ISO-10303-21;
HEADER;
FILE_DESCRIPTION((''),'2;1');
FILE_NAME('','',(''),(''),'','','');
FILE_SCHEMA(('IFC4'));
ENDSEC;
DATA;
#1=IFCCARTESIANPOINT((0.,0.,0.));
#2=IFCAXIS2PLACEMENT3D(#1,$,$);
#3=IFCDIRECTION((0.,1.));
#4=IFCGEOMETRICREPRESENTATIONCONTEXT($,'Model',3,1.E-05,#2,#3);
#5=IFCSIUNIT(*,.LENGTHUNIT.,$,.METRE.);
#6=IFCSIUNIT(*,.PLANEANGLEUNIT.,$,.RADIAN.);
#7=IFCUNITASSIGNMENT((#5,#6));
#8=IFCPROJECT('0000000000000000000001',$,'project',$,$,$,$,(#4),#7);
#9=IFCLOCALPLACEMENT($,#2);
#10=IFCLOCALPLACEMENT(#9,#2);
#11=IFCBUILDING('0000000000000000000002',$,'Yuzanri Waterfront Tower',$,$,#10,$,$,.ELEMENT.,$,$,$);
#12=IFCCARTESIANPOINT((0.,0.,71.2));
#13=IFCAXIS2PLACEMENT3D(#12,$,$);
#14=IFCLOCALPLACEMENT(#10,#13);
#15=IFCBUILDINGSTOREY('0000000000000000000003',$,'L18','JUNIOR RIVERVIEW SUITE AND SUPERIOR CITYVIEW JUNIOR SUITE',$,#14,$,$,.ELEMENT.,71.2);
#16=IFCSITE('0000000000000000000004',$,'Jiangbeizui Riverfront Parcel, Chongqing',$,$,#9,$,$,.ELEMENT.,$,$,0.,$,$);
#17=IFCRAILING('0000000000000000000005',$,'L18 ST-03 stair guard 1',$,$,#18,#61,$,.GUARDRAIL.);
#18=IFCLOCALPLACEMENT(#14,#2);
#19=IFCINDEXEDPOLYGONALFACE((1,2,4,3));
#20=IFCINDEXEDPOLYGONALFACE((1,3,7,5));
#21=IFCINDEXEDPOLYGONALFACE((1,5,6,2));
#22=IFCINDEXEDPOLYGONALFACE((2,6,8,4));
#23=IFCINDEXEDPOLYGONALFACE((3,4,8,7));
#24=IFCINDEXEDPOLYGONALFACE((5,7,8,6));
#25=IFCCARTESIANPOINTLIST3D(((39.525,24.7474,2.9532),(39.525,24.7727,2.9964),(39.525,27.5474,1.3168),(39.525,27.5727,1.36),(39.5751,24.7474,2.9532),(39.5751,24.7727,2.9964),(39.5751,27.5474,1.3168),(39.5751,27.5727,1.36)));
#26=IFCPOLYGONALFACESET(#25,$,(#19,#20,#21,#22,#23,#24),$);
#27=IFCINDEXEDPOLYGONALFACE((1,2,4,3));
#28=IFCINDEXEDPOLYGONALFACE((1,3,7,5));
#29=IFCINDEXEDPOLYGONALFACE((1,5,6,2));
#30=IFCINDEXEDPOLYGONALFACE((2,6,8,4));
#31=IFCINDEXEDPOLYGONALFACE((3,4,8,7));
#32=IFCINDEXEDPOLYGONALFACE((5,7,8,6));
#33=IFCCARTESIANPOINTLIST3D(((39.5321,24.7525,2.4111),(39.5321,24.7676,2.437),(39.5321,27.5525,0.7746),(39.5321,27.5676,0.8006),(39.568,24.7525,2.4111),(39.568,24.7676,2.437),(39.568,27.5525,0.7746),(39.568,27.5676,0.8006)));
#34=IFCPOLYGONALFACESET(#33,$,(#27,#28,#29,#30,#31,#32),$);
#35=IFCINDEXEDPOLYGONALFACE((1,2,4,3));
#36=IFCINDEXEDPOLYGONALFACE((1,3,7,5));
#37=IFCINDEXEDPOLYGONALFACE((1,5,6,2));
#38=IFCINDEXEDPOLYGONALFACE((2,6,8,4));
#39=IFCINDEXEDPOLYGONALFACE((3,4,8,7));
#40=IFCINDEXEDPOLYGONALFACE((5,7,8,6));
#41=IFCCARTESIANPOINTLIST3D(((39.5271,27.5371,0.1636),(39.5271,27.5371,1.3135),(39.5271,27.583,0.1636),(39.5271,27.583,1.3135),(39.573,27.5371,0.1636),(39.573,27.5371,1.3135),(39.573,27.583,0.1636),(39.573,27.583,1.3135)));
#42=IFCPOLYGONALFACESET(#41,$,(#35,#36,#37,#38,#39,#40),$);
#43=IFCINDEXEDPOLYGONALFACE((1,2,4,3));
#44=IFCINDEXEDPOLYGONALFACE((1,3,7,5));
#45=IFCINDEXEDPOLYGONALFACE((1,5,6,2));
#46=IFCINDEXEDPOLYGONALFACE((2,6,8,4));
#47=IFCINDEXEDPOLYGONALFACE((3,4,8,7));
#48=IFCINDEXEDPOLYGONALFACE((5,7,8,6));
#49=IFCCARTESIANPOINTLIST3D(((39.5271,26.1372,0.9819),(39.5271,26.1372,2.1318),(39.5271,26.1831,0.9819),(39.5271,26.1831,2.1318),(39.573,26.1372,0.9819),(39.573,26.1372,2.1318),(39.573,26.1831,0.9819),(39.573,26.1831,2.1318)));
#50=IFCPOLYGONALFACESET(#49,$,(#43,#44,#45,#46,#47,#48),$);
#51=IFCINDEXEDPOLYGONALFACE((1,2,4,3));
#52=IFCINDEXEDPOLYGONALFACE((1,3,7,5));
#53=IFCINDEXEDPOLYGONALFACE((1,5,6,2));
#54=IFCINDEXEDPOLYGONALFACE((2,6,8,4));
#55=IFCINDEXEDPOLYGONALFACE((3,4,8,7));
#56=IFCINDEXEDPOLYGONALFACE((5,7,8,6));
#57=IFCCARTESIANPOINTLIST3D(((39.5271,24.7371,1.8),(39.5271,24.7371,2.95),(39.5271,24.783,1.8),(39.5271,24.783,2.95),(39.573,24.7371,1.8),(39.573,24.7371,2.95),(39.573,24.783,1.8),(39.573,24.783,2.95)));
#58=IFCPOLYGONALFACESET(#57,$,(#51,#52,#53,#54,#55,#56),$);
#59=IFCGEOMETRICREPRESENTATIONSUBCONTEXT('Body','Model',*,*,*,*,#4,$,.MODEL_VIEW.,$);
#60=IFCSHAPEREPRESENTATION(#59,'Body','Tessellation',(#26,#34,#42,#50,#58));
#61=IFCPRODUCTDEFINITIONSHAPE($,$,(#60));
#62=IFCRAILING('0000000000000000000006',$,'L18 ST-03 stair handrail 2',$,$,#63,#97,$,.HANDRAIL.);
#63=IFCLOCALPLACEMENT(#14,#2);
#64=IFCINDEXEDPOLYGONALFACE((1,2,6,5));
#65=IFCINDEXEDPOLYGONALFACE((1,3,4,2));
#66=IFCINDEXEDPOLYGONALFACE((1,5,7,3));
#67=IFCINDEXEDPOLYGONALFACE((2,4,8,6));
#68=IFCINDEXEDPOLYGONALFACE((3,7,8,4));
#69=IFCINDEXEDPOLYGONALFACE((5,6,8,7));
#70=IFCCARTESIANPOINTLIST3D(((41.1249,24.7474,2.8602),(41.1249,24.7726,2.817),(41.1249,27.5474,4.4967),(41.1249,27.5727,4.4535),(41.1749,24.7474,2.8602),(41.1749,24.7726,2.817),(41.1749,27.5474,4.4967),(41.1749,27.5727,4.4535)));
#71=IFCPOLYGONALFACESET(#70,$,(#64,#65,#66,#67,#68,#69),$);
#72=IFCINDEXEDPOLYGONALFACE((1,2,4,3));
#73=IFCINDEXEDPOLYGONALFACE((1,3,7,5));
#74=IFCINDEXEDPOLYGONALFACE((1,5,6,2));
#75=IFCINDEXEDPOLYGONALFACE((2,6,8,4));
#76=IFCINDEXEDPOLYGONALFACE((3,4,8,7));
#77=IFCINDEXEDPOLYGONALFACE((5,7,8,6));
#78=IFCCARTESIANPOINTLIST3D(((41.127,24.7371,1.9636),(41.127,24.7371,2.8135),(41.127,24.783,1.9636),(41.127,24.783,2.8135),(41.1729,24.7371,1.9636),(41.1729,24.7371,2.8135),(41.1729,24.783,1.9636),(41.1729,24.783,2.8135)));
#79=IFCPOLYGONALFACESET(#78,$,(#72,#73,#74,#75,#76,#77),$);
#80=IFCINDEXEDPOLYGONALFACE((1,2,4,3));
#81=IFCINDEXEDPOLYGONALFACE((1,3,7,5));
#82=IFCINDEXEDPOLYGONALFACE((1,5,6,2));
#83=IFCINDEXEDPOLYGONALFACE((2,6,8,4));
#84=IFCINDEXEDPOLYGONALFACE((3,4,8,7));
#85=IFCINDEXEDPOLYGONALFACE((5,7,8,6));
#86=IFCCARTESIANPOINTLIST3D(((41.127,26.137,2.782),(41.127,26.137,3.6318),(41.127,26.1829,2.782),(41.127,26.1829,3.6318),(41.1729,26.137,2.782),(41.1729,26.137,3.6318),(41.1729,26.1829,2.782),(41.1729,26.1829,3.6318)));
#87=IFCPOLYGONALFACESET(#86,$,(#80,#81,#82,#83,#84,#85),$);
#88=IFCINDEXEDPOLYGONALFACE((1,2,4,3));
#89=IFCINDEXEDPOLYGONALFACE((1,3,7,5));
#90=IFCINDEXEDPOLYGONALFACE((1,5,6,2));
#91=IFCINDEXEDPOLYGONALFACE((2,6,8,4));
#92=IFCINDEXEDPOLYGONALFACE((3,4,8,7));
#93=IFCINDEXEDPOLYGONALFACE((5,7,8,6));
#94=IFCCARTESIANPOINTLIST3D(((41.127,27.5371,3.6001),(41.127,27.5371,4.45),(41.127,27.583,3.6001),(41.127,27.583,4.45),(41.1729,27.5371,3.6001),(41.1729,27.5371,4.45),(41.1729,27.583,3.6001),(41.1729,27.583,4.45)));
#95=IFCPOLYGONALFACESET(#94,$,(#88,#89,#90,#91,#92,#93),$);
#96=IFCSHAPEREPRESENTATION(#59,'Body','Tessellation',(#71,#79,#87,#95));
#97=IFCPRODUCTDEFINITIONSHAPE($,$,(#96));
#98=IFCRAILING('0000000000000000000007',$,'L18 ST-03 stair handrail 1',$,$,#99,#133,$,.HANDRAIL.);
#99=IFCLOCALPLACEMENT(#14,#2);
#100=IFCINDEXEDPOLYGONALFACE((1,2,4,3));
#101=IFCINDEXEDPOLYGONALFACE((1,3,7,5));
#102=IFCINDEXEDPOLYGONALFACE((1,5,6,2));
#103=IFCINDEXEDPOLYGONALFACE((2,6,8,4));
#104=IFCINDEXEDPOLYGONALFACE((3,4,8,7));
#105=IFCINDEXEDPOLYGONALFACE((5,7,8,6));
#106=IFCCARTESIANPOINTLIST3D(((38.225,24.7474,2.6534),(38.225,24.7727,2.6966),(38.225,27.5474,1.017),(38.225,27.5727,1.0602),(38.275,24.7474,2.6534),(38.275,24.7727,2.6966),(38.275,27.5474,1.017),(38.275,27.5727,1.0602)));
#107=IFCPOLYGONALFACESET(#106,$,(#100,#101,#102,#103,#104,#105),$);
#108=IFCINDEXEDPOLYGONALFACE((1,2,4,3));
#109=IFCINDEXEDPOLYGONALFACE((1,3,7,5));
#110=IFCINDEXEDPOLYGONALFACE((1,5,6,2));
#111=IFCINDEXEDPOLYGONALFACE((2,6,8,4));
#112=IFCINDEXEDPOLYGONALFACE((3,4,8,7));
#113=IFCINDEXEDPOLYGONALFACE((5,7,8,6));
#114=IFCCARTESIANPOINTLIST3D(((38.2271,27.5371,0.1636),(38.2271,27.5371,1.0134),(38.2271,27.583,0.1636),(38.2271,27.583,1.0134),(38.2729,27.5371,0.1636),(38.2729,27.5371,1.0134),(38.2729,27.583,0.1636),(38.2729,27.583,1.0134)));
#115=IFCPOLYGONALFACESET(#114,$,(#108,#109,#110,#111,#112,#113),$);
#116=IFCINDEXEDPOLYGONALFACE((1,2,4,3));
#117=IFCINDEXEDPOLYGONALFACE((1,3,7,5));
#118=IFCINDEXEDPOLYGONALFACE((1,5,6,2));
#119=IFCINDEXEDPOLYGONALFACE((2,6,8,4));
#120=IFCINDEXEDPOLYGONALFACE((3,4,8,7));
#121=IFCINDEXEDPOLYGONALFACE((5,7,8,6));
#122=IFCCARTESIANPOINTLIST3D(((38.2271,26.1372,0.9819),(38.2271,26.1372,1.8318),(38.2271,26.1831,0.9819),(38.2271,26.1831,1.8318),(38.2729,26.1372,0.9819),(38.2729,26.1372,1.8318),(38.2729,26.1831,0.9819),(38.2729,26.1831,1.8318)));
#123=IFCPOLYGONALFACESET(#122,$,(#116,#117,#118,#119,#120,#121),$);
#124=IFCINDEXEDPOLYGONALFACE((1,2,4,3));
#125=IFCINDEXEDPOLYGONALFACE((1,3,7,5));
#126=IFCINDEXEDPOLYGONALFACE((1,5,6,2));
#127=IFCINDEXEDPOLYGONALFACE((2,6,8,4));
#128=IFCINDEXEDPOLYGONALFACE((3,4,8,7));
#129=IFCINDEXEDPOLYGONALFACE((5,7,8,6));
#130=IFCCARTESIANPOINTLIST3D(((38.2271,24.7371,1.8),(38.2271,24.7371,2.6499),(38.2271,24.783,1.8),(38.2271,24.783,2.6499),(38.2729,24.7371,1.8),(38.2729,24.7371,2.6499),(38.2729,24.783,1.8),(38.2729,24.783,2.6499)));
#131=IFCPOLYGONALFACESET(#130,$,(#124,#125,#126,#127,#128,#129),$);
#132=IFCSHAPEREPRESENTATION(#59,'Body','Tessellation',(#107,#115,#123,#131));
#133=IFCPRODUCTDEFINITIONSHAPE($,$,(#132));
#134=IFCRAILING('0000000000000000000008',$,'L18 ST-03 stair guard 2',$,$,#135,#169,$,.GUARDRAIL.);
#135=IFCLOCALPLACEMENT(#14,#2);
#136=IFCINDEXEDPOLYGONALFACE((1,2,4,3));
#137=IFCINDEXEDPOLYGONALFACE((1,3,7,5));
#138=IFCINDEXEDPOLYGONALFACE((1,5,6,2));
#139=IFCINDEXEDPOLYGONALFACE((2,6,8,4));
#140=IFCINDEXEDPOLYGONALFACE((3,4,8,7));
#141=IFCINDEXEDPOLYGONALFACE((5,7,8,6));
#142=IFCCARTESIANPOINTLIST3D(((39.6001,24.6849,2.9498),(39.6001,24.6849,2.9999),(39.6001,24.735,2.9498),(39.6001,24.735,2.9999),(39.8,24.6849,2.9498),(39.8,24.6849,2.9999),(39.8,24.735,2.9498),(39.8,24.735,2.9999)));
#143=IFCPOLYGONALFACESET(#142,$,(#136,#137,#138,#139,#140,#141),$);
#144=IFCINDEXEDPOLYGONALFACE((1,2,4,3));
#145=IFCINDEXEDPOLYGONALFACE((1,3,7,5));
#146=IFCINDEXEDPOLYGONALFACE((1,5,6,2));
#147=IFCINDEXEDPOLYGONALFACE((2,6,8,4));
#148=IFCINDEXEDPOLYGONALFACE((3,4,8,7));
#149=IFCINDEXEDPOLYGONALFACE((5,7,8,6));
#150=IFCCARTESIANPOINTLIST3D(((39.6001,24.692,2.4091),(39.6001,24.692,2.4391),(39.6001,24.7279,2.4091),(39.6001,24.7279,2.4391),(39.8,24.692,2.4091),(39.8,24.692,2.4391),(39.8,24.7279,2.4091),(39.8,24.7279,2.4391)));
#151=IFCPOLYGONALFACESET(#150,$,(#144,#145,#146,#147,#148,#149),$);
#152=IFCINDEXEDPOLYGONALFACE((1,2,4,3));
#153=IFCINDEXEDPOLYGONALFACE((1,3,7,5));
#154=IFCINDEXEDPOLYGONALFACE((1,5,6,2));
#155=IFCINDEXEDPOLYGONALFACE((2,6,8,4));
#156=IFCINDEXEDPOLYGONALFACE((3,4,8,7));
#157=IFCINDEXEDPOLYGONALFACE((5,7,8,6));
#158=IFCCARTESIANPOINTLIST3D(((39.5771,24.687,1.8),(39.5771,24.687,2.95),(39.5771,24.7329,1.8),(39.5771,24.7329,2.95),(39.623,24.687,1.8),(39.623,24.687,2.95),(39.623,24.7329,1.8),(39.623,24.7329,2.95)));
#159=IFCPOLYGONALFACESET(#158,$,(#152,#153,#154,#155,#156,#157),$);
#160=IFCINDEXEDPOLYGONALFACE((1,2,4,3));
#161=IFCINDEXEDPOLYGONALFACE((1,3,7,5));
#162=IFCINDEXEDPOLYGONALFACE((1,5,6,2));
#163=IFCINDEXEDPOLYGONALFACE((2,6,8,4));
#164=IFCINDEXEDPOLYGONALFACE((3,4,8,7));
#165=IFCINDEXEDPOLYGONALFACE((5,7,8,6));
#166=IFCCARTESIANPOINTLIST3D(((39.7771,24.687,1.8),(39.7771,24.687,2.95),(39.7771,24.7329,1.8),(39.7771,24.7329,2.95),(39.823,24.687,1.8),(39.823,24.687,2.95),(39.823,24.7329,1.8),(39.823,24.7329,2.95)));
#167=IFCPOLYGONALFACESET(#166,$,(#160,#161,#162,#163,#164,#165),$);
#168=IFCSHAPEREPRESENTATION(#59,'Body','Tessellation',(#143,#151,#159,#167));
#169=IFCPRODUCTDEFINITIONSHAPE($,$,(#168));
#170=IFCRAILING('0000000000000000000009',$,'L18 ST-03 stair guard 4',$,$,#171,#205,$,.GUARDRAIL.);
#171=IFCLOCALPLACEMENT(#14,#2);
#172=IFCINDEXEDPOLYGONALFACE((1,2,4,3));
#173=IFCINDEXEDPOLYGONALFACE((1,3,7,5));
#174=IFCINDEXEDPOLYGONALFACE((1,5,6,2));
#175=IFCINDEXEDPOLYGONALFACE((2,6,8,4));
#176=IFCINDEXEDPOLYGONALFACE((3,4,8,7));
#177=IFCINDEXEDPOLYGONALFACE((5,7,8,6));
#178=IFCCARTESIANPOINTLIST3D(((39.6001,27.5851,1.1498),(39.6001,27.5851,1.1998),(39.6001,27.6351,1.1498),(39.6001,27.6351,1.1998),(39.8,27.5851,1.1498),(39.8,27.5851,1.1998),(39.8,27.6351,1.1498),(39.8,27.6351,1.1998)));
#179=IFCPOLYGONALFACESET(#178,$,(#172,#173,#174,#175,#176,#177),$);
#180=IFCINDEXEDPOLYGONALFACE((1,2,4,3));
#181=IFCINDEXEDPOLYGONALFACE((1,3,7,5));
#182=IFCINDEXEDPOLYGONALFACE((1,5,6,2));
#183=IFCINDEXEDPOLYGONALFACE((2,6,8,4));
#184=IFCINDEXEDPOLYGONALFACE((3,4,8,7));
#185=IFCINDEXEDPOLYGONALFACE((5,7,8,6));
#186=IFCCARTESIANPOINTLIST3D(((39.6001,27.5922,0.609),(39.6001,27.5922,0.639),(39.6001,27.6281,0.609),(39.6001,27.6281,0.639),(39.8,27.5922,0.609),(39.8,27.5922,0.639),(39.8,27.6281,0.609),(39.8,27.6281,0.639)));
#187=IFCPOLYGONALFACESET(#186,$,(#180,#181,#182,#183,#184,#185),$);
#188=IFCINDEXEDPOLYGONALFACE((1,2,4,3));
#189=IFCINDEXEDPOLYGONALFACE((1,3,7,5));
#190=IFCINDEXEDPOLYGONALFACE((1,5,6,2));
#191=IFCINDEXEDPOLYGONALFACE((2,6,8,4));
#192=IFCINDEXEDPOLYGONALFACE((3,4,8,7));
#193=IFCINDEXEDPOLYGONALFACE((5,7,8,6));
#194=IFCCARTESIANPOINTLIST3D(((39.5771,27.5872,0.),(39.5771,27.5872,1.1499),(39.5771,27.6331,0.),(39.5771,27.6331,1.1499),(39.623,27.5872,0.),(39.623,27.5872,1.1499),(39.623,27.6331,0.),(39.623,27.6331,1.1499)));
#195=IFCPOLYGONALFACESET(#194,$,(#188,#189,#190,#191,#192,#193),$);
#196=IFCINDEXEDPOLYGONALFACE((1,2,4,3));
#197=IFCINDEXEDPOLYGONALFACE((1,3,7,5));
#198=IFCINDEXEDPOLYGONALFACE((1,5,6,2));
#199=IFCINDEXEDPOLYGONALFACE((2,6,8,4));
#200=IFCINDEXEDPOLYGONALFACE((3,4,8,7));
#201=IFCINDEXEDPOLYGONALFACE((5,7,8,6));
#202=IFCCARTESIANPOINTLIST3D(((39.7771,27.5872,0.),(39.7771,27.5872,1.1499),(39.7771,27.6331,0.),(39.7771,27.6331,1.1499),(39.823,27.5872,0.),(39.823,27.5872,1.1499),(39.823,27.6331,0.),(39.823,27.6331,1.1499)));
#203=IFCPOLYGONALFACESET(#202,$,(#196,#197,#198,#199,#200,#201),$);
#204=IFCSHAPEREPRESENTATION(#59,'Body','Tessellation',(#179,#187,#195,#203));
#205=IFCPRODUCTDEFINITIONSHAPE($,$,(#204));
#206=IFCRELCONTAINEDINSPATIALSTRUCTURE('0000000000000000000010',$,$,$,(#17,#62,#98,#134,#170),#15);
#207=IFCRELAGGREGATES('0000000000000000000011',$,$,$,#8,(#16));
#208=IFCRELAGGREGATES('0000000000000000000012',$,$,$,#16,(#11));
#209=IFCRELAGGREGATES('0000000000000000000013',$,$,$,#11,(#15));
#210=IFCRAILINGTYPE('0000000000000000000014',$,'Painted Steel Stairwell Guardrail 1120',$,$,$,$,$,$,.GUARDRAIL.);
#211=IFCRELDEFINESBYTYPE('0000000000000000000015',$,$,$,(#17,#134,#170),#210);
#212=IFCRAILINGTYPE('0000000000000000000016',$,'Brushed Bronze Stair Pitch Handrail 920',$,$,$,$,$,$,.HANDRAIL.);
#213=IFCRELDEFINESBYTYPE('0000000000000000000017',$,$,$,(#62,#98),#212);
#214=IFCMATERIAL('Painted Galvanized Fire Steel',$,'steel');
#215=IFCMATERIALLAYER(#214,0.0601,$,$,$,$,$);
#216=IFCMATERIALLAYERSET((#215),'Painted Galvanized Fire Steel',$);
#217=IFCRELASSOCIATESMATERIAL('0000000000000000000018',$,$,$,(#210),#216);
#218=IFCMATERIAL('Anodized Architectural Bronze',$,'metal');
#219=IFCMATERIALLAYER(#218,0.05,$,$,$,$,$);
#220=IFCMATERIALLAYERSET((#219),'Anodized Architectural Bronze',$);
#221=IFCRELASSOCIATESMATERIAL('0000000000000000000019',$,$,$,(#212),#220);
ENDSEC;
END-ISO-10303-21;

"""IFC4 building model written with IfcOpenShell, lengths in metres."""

from ifc_helpers import new_model, si_unit, direction, frame, origin, origin_2d, place, context, subcontext, project, spatial, rectangle, extrude, source, transform, mapped, material, layer, layer_set, type_object, element, save


model = new_model("IFC4")

# Units and contexts
model_context = context("Model", 3, precision=1e-05, world=origin(), true_north=direction((0.0, 1.0)))
body_context = subcontext(model_context, "Body", "Model", "MODEL_VIEW")
ifc_project = project(units=[si_unit("LENGTHUNIT", "METRE"), si_unit("PLANEANGLEUNIT", "RADIAN")], contexts=[model_context])

# Site, building, storey
site_placement = place(None, origin())
site = spatial("IfcSite", under=ifc_project, at=site_placement, Name="Jiangbeizui Riverfront Parcel, Chongqing", CompositionType="ELEMENT", RefElevation=0.0)
building_placement = place(site_placement, origin())
building = spatial("IfcBuilding", under=site, at=building_placement, Name="Yuzanri Waterfront Tower", CompositionType="ELEMENT")
storey_placement = place(building_placement, frame((0.0, 0.0, 71.2)))
storey = spatial("IfcBuildingStorey", under=building, at=storey_placement, Name="L18", Description="JUNIOR RIVERVIEW SUITE AND SUPERIOR CITYVIEW JUNIOR SUITE", CompositionType="ELEMENT", Elevation=71.2)

# Railings
ifc_material_1 = material(Name="Painted Galvanized Fire Steel", Category="steel")
ifc_layer_1 = layer(ifc_material_1, 0.0601)
ifc_layer_set_1 = layer_set([ifc_layer_1], Name="Painted Galvanized Fire Steel")
railing_type_1 = type_object("IfcRailingType", Name="Painted Steel Stairwell Guardrail 1120", PredefinedType="GUARDRAIL", material=ifc_layer_set_1)
shared_shape_1 = source(origin(), body_context, "Body", "SweptSolid", [
    extrude(rectangle(XDim=0.05, YDim=0.05, at=origin_2d()), frame((0.0, 0.0, 1.1748), z_axis=(0.0, -0.863361, 0.504587), x_axis=(1.0, 0.0, 0.0)), (0.0, 0.0, 1.0), 3.2432),
    extrude(rectangle(XDim=0.0359, YDim=0.03, at=origin_2d()), frame((0.0, 0.0, 0.624), z_axis=(0.0, -0.863361, 0.504587), x_axis=(1.0, 0.0, 0.0)), (0.0, 0.0, 1.0), 3.2432),
    extrude(rectangle(XDim=0.0459, YDim=0.0459, at=origin_2d()), origin(), (0.0, 0.0, 1.0), 1.1499),
    extrude(rectangle(XDim=0.0459, YDim=0.0459, at=origin_2d()), frame((0.0, -1.3999, 0.8184)), (0.0, 0.0, 1.0), 1.1499),
    extrude(rectangle(XDim=0.0459, YDim=0.0459, at=origin_2d()), frame((0.0, -2.8, 1.6365)), (0.0, 0.0, 1.0), 1.1499),
])
railing_1_placement = place(storey_placement, frame((39.55, 27.5601, 0.1636)))
element("IfcRailing", 1, at=railing_1_placement, inside=storey, type_object=railing_type_1, Name="L18 ST-03 stair guard 1", PredefinedType="GUARDRAIL", context=body_context, shape_type="MappedRepresentation", body=[
    mapped(shared_shape_1, transform((0.0, 0.0, 0.0), scale=1.0)),
])
ifc_material_2 = material(Name="Anodized Architectural Bronze", Category="metal")
ifc_layer_2 = layer(ifc_material_2, 0.05)
ifc_layer_set_2 = layer_set([ifc_layer_2], Name="Anodized Architectural Bronze")
railing_type_2 = type_object("IfcRailingType", Name="Brushed Bronze Stair Pitch Handrail 920", PredefinedType="HANDRAIL", material=ifc_layer_set_2)
shared_shape_2 = source(origin(), body_context, "Body", "SweptSolid", [
    extrude(rectangle(XDim=0.05, YDim=0.05, at=origin_2d()), frame((0.0, 0.0, 0.875), z_axis=(0.0, 0.863361, 0.504587), x_axis=(-1.0, 0.0, 0.0)), (0.0, 0.0, 1.0), 3.2432),
    extrude(rectangle(XDim=0.0459, YDim=0.0459, at=origin_2d()), origin(), (0.0, 0.0, 1.0), 0.8499),
    extrude(rectangle(XDim=0.0459, YDim=0.0459, at=origin_2d()), frame((0.0, 1.3999, 0.8184)), (0.0, 0.0, 1.0), 0.8499),
    extrude(rectangle(XDim=0.0459, YDim=0.0459, at=origin_2d()), frame((0.0, 2.8, 1.6365)), (0.0, 0.0, 1.0), 0.8499),
])
railing_2_placement = place(storey_placement, frame((41.1499, 24.76, 1.9636)))
element("IfcRailing", 2, at=railing_2_placement, inside=storey, type_object=railing_type_2, Name="L18 ST-03 stair handrail 2", PredefinedType="HANDRAIL", context=body_context, shape_type="MappedRepresentation", body=[
    mapped(shared_shape_2, transform((0.0, 0.0, 0.0), scale=1.0)),
])
shared_shape_3 = source(origin(), body_context, "Body", "SweptSolid", [
    extrude(rectangle(XDim=0.05, YDim=0.05, at=origin_2d()), frame((0.0, 0.0, 0.875), z_axis=(0.0, -0.863361, 0.504587), x_axis=(1.0, 0.0, 0.0)), (0.0, 0.0, 1.0), 3.2432),
    extrude(rectangle(XDim=0.0459, YDim=0.0459, at=origin_2d()), origin(), (0.0, 0.0, 1.0), 0.8499),
    extrude(rectangle(XDim=0.0459, YDim=0.0459, at=origin_2d()), frame((0.0, -1.3999, 0.8184)), (0.0, 0.0, 1.0), 0.8499),
    extrude(rectangle(XDim=0.0459, YDim=0.0459, at=origin_2d()), frame((0.0, -2.8, 1.6365)), (0.0, 0.0, 1.0), 0.8499),
])
railing_3_placement = place(storey_placement, frame((38.25, 27.5601, 0.1636)))
element("IfcRailing", 3, at=railing_3_placement, inside=storey, type_object=railing_type_2, Name="L18 ST-03 stair handrail 1", PredefinedType="HANDRAIL", context=body_context, shape_type="MappedRepresentation", body=[
    mapped(shared_shape_3, transform((0.0, 0.0, 0.0), scale=1.0)),
])
shared_shape_4 = source(origin(), body_context, "Body", "SweptSolid", [
    extrude(rectangle(XDim=0.05, YDim=0.05, at=origin_2d()), frame((0.0, 0.0, 1.1748), z_axis=(1.0, 0.0, 0.0), x_axis=(0.0, 1.0, 0.0)), (0.0, 0.0, 1.0), 0.2),
    extrude(rectangle(XDim=0.0359, YDim=0.03, at=origin_2d()), frame((0.0, 0.0, 0.624), z_axis=(1.0, 0.0, 0.0), x_axis=(0.0, 1.0, 0.0)), (0.0, 0.0, 1.0), 0.2),
    extrude(rectangle(XDim=0.0459, YDim=0.0459, at=origin_2d()), origin(), (0.0, 0.0, 1.0), 1.1499),
    extrude(rectangle(XDim=0.0459, YDim=0.0459, at=origin_2d()), frame((0.2, 0.0, 0.0)), (0.0, 0.0, 1.0), 1.1499),
])
for number, where, name in (
    (4, (39.6001, 24.71, 1.8), "L18 ST-03 stair guard 2"),
    (5, (39.6001, 27.6101, 0.0), "L18 ST-03 stair guard 4"),
):
    element("IfcRailing", number, at=place(storey_placement, frame(where)), inside=storey, type_object=railing_type_1, Name=name, PredefinedType="GUARDRAIL", context=body_context, shape_type="MappedRepresentation", body=[
        mapped(shared_shape_4, transform((0.0, 0.0, 0.0), scale=1.0)),
    ])

save(model, "model.ifc")
